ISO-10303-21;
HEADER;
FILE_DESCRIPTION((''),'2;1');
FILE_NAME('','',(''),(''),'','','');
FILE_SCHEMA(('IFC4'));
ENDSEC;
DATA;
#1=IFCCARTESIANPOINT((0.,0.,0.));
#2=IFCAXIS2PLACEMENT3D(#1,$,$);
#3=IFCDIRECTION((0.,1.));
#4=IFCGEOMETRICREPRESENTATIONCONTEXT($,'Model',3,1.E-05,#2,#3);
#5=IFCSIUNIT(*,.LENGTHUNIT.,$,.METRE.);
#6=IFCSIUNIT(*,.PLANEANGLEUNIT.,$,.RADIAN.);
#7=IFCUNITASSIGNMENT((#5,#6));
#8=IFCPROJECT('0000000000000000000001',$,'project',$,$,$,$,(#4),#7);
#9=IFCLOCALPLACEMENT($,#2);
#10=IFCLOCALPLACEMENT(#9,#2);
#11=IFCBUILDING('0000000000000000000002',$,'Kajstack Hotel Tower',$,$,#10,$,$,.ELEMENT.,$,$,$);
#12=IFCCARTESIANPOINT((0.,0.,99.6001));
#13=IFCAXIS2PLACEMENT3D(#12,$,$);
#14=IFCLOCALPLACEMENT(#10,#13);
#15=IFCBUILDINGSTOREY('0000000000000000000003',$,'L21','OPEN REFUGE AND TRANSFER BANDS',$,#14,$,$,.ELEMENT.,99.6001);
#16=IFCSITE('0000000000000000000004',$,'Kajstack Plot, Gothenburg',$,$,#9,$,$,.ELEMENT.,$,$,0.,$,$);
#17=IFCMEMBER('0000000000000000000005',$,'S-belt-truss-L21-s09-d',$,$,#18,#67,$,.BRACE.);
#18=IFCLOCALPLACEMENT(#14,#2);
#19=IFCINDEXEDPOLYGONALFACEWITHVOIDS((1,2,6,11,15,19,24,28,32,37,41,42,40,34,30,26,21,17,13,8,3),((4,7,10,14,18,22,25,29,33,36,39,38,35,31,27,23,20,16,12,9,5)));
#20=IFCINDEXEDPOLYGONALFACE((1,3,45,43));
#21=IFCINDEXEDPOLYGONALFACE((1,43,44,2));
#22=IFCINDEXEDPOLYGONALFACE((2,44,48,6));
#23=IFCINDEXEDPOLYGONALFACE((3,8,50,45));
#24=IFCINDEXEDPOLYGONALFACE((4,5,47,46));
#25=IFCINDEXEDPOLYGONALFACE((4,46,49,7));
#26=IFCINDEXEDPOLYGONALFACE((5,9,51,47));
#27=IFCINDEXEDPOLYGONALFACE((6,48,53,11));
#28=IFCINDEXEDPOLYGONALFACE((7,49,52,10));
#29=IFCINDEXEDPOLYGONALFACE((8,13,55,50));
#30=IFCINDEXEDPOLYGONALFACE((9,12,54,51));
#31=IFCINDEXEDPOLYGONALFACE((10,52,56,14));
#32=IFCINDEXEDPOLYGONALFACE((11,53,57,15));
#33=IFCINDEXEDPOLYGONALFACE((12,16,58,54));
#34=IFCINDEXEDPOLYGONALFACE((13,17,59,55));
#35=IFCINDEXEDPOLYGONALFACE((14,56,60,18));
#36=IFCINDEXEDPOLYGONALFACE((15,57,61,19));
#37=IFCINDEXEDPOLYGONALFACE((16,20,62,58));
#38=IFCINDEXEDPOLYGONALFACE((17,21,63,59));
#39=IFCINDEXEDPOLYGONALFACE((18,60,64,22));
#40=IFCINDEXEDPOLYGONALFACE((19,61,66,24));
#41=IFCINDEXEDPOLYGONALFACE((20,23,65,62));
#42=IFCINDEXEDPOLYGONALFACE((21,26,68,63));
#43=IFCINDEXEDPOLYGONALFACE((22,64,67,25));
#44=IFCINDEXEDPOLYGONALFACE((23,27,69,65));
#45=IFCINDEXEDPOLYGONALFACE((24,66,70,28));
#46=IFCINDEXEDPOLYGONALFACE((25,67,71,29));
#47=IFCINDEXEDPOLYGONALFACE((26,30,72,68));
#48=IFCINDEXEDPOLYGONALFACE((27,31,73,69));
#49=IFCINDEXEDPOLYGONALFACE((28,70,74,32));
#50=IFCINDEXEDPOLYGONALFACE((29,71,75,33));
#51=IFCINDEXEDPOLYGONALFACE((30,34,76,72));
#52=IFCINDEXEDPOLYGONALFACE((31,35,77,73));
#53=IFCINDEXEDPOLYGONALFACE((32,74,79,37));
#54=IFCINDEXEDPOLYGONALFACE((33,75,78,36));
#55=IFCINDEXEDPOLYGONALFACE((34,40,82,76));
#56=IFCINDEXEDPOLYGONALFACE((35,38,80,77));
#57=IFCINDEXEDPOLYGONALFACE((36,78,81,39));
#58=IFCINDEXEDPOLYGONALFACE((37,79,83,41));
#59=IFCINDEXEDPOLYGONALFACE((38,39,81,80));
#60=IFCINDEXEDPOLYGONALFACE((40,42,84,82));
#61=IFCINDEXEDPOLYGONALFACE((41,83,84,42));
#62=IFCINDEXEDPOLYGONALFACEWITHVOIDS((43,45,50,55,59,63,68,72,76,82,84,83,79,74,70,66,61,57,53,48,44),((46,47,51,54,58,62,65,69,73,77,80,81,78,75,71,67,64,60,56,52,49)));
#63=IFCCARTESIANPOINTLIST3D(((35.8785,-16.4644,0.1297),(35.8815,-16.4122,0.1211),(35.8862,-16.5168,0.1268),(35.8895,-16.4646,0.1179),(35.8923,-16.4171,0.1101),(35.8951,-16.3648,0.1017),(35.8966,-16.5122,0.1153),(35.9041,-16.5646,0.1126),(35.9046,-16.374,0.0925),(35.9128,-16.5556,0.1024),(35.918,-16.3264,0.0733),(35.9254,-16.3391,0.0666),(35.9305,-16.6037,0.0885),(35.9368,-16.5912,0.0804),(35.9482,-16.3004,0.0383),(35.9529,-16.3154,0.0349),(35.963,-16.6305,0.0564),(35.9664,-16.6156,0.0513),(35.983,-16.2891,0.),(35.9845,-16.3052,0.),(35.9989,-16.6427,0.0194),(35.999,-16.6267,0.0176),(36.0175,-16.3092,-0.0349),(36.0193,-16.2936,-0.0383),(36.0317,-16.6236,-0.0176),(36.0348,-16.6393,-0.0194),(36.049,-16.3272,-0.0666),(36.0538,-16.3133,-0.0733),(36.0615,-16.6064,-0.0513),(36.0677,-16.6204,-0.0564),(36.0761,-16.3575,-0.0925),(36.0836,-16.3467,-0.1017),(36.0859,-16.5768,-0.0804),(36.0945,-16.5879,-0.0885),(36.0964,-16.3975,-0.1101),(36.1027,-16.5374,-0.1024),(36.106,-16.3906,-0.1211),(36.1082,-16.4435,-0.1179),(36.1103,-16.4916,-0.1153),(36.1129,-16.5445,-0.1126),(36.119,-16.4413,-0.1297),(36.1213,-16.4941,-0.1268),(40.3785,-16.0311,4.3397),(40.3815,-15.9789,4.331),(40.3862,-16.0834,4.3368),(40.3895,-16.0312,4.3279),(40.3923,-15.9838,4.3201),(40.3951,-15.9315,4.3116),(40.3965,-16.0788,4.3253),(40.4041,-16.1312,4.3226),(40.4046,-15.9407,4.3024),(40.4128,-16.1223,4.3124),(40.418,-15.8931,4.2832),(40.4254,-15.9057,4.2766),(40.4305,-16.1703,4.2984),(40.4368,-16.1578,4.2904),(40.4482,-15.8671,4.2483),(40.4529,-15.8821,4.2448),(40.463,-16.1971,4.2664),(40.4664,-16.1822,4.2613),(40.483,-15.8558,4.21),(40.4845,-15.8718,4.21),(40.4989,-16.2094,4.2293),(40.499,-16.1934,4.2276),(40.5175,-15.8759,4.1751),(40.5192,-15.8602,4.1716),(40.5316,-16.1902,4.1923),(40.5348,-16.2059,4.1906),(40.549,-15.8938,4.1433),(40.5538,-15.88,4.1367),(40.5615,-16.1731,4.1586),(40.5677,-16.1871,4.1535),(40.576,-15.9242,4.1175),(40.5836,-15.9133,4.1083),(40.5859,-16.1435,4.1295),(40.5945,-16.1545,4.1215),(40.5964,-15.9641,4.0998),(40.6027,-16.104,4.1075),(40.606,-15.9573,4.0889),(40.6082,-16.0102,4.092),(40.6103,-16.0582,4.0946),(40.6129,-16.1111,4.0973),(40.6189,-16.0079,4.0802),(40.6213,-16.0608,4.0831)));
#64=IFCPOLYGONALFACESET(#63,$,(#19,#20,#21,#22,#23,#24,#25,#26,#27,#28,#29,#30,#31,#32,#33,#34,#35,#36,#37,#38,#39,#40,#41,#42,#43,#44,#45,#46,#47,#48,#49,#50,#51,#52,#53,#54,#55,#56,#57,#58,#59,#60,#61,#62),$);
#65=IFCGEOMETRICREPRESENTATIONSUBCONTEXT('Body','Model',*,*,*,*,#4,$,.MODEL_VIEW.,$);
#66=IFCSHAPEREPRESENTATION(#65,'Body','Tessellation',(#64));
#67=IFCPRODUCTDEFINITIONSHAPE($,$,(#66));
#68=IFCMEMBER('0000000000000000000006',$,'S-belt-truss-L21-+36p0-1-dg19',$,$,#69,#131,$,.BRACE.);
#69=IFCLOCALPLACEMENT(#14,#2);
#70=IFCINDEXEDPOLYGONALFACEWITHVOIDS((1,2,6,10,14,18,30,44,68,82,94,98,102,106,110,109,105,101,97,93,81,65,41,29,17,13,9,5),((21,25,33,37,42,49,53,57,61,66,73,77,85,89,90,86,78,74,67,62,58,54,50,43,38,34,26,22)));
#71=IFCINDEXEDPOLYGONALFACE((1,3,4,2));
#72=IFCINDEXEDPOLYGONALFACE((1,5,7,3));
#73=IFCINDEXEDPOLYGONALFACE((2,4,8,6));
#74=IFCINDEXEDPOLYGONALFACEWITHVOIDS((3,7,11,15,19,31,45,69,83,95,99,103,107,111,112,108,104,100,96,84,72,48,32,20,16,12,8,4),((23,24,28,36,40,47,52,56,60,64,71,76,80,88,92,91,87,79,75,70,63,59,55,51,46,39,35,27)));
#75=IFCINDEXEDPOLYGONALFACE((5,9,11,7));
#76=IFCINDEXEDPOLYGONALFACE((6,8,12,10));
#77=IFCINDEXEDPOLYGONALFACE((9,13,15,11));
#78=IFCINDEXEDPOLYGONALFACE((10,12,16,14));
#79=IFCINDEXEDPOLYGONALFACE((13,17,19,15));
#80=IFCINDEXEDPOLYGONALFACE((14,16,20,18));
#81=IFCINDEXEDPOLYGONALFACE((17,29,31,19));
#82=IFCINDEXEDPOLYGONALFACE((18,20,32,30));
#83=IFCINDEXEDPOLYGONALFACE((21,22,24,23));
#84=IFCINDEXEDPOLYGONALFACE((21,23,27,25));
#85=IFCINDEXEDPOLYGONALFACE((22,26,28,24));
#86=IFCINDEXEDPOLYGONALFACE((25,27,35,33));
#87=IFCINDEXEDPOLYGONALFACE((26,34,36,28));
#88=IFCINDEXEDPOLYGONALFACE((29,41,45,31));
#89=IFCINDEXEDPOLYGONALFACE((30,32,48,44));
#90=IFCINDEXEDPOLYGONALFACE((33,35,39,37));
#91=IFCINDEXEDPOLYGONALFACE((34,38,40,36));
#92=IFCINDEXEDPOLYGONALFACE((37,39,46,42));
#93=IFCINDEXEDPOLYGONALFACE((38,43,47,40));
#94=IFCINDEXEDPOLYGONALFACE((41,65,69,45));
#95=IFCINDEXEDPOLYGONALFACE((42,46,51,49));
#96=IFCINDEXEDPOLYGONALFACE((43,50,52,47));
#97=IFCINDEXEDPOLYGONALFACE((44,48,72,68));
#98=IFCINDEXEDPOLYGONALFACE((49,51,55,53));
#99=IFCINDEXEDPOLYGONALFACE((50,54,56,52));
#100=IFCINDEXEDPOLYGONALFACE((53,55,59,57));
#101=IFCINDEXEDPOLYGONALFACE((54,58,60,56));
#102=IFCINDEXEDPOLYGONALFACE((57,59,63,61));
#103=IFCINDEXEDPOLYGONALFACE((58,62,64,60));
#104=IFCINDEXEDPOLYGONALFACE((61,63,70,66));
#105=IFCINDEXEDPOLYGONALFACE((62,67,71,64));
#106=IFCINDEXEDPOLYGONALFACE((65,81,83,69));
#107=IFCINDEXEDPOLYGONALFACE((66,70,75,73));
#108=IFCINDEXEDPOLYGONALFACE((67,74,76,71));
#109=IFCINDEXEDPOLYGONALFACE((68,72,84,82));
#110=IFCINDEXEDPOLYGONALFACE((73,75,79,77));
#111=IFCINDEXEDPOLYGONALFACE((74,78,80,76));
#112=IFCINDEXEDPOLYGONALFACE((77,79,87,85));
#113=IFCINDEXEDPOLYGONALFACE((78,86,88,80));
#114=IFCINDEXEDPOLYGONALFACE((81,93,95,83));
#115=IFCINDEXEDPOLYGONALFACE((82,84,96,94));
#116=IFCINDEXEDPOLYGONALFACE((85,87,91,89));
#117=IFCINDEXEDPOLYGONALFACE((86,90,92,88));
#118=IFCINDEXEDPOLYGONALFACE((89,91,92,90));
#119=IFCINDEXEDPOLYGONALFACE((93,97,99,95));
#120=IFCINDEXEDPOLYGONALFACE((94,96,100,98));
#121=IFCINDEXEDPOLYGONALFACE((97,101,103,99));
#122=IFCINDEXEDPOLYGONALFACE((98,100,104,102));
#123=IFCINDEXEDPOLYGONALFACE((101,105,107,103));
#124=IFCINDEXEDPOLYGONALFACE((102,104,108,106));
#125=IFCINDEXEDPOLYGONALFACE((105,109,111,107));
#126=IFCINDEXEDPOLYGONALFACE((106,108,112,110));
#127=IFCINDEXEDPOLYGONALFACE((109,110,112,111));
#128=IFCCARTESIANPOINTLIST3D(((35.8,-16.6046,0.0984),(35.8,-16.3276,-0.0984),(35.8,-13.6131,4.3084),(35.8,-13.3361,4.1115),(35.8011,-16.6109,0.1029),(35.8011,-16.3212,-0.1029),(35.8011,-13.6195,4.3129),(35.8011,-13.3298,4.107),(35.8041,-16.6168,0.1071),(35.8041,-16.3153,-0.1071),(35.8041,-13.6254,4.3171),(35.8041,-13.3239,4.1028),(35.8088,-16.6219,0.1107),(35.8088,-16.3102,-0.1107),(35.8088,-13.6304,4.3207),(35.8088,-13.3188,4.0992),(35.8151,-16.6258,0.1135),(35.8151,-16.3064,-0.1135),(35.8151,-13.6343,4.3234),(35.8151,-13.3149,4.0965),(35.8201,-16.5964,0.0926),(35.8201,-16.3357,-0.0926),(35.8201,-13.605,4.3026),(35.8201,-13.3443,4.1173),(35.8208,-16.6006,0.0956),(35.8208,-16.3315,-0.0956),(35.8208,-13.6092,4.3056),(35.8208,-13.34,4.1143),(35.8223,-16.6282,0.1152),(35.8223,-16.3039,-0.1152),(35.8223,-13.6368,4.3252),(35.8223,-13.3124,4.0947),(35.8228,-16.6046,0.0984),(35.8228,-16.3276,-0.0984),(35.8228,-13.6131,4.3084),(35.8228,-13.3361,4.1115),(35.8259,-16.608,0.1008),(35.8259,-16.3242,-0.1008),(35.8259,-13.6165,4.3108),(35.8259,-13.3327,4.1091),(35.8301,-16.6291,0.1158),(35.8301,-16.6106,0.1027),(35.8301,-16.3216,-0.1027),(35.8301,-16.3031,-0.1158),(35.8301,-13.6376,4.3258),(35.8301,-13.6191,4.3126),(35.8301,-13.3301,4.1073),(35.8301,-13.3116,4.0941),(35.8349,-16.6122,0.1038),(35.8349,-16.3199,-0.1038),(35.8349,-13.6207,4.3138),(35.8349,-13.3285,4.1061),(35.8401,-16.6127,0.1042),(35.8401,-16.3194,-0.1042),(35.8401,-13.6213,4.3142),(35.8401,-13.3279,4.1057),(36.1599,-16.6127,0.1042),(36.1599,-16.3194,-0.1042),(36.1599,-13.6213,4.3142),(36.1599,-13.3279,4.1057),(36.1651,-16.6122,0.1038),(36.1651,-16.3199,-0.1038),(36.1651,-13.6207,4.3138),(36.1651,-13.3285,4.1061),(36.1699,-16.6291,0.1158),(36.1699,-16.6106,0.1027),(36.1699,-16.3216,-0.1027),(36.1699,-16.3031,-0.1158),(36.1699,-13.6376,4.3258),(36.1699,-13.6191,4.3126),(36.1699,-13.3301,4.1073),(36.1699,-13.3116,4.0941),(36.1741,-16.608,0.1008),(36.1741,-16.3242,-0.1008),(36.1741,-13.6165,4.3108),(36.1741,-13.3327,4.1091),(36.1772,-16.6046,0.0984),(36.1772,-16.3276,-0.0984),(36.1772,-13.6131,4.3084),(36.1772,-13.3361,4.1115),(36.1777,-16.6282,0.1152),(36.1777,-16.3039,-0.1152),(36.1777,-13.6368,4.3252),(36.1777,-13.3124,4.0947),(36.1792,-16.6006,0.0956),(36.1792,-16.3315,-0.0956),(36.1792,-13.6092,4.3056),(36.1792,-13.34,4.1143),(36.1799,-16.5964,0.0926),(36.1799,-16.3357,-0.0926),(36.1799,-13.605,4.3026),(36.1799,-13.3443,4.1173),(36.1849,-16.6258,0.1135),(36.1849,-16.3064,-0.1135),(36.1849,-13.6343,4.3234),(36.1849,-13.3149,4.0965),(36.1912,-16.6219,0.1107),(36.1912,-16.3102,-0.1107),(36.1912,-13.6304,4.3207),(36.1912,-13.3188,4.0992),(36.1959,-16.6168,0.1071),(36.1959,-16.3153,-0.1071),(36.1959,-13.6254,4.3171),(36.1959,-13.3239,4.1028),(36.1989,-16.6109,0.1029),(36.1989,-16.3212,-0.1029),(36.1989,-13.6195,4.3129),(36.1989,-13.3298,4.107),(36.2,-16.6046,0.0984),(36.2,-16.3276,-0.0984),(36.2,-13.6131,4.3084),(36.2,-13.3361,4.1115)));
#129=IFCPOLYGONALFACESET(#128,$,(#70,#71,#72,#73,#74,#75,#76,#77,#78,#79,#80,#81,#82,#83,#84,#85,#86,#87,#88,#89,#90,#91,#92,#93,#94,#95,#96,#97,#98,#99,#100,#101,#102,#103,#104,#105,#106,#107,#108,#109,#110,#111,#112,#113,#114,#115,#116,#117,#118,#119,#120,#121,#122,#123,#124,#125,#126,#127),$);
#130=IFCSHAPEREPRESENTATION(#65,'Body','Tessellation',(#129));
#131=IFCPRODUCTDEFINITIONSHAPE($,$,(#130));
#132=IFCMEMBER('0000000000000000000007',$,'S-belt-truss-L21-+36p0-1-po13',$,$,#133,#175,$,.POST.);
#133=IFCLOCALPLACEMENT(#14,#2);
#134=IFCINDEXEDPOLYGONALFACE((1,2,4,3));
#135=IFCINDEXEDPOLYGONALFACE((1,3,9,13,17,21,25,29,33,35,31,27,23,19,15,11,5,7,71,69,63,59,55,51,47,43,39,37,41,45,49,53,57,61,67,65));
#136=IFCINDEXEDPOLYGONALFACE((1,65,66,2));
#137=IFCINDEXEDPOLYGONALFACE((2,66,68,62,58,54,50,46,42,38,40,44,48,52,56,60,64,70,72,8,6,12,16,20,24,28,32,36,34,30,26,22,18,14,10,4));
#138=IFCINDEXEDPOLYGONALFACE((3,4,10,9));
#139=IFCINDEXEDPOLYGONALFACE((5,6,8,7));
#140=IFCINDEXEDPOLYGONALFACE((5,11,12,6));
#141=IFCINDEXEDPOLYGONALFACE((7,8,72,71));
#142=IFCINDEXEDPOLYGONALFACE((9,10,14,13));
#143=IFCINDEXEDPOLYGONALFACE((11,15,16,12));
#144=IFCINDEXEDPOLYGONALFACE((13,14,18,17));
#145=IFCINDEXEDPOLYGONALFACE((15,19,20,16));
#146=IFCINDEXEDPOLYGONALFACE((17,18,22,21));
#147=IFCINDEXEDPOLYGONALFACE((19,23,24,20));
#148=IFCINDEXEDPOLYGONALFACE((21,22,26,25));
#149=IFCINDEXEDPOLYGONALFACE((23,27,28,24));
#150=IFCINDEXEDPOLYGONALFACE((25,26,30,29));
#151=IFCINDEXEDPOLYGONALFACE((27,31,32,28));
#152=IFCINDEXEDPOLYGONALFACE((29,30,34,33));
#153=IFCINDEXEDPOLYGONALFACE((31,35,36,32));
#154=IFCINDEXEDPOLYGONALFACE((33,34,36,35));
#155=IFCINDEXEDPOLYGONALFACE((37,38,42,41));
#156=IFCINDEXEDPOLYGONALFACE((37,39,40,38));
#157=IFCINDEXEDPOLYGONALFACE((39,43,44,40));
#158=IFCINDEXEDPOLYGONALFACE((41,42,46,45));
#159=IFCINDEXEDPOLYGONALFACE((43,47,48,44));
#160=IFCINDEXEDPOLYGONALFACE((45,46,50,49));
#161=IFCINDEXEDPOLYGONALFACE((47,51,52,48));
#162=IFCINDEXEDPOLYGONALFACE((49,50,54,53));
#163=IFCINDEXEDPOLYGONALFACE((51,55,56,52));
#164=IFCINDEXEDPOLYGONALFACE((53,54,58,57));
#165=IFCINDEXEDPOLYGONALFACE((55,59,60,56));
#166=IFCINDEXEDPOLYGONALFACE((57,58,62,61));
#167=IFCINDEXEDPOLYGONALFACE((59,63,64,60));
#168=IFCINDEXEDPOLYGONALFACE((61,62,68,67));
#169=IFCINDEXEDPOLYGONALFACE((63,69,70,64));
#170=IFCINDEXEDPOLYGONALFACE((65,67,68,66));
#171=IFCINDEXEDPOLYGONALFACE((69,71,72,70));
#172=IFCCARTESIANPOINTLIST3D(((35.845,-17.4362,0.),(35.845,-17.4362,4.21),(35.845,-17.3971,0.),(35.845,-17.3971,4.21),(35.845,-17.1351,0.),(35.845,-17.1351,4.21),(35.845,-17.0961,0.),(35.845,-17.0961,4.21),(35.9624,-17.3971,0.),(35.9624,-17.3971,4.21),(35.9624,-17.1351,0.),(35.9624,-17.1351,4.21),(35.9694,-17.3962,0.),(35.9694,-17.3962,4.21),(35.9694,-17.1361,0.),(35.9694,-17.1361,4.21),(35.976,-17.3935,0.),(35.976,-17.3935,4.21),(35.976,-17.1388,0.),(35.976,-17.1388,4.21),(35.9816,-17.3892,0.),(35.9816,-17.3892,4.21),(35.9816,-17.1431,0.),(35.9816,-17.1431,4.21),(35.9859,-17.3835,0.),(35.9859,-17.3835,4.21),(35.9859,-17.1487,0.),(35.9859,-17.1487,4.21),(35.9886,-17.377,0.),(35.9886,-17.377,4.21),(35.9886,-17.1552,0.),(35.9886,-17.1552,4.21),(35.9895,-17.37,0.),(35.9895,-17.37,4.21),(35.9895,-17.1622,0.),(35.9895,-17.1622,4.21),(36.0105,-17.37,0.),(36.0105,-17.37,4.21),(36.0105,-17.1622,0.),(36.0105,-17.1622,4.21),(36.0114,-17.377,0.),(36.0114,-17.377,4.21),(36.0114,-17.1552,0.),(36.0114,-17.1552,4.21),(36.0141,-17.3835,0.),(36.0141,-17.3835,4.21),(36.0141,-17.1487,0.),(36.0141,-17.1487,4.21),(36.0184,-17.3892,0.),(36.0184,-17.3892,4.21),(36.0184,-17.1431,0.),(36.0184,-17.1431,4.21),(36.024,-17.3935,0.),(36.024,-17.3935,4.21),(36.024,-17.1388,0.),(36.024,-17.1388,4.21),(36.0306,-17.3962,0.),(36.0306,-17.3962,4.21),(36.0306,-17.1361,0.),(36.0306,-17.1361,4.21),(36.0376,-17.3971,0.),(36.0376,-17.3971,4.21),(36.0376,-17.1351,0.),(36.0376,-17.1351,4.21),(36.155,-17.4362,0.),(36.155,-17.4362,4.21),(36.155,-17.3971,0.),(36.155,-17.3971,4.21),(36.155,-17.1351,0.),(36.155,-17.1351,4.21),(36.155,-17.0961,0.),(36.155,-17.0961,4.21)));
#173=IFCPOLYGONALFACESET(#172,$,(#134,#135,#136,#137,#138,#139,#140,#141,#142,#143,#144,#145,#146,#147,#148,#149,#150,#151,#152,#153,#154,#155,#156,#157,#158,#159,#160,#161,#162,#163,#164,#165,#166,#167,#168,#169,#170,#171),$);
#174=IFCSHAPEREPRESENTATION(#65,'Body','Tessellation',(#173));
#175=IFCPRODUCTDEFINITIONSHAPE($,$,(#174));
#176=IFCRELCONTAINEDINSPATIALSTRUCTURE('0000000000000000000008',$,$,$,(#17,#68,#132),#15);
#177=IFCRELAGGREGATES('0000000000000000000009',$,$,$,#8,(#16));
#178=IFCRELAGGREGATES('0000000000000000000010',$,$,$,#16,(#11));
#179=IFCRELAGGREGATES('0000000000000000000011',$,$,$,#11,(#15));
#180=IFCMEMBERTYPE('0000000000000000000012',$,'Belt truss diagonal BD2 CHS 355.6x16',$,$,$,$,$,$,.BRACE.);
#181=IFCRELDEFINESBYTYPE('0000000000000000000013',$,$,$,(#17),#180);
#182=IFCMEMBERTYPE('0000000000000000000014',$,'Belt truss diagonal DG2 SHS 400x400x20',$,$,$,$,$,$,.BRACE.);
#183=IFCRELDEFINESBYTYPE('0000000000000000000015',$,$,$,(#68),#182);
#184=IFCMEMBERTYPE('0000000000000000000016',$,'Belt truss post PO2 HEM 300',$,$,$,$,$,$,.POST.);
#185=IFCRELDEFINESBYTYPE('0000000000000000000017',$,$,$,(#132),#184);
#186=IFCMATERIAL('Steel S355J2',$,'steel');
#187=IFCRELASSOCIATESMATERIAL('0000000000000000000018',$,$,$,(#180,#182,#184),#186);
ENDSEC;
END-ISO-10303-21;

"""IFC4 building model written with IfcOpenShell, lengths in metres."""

from ifc_helpers import new_model, si_unit, direction, frame, origin, origin_2d, place, context, subcontext, project, spatial, hollow_rectangle, hollow_circle, i_section, extrude, material, material_profile, profile_set, type_object, element, save


model = new_model("IFC4")

# Units and contexts
model_context = context("Model", 3, precision=1e-05, world=origin(), true_north=direction((0.0, 1.0)))
body_context = subcontext(model_context, "Body", "Model", "MODEL_VIEW")
ifc_project = project(units=[si_unit("LENGTHUNIT", "METRE"), si_unit("PLANEANGLEUNIT", "RADIAN")], contexts=[model_context])

# Site, building, storey
site_placement = place(None, origin())
site = spatial("IfcSite", under=ifc_project, at=site_placement, Name="Kajstack Plot, Gothenburg", CompositionType="ELEMENT", RefElevation=0.0)
building_placement = place(site_placement, origin())
building = spatial("IfcBuilding", under=site, at=building_placement, Name="Kajstack Hotel Tower", CompositionType="ELEMENT")
storey_placement = place(building_placement, frame((0.0, 0.0, 99.6001)))
storey = spatial("IfcBuildingStorey", under=building, at=storey_placement, Name="L21", Description="OPEN REFUGE AND TRANSFER BANDS", CompositionType="ELEMENT", Elevation=99.6001)

# Members
ifc_material_1 = material(Name="Steel S355J2", Category="steel")
ifc_material_profile_1 = material_profile(ifc_material_1, hollow_circle(Radius=0.1777, WallThickness=0.0161, at=origin_2d()), Name="CHS 355.6x16")
ifc_profile_set_1 = profile_set([ifc_material_profile_1], Name="Steel S355J2")
member_type_1 = type_object("IfcMemberType", Name="Belt truss diagonal BD2 CHS 355.6x16", PredefinedType="BRACE", material=ifc_profile_set_1)
member_1_placement = place(storey_placement, frame((36.0, -16.4661, 0.0), z_axis=(0.728449, 0.07015, 0.681499), x_axis=(-0.095856, 0.995395, 0.0)))
element("IfcMember", 1, at=member_1_placement, inside=storey, type_object=member_type_1, Name="S-belt-truss-L21-s09-d", PredefinedType="BRACE", context=body_context, shape_type="SweptSolid", body=[
    extrude(hollow_circle(Radius=0.1777, WallThickness=0.0161, at=origin_2d()), origin(), (0.0, 0.0, 1.0), 6.1775),
])
ifc_material_profile_2 = material_profile(ifc_material_1, hollow_rectangle(XDim=0.3999, YDim=0.3999, WallThickness=0.02, InnerFilletRadius=0.02, OuterFilletRadius=0.03, at=origin_2d()), Name="SHS 400x400x20")
ifc_profile_set_2 = profile_set([ifc_material_profile_2], Name="Steel S355J2")
member_type_2 = type_object("IfcMemberType", Name="Belt truss diagonal DG2 SHS 400x400x20", PredefinedType="BRACE", material=ifc_profile_set_2)
member_2_placement = place(storey_placement, frame((36.0, -16.4661, 0.0), z_axis=(0.0, 0.579229, 0.815165), x_axis=(-1.0, 0.0, 0.0)))
element("IfcMember", 2, at=member_2_placement, inside=storey, type_object=member_type_2, Name="S-belt-truss-L21-+36p0-1-dg19", PredefinedType="BRACE", context=body_context, shape_type="SweptSolid", body=[
    extrude(hollow_rectangle(XDim=0.3999, YDim=0.3999, WallThickness=0.02, InnerFilletRadius=0.02, OuterFilletRadius=0.03, at=origin_2d()), origin(), (0.0, 0.0, 1.0), 5.1646),
])
ifc_material_profile_3 = material_profile(ifc_material_1, i_section(OverallWidth=0.3101, OverallDepth=0.3401, WebThickness=0.021, FlangeThickness=0.0391, FilletRadius=0.0271, at=origin_2d()), Name="HEM 300")
ifc_profile_set_3 = profile_set([ifc_material_profile_3], Name="Steel S355J2")
member_type_3 = type_object("IfcMemberType", Name="Belt truss post PO2 HEM 300", PredefinedType="POST", material=ifc_profile_set_3)
for number, where, z_axis, x_axis, name in (
    (3, (36.0, -17.2661, 0.0), (0.0, 0.0, 1.0), (1.0, 0.0, 0.0), "S-belt-truss-L21-+36p0-1-po13"),
):
    element("IfcMember", number, at=place(storey_placement, frame(where, z_axis=z_axis, x_axis=x_axis)), inside=storey, type_object=member_type_3, Name=name, PredefinedType="POST", context=body_context, shape_type="SweptSolid", body=[
        extrude(i_section(OverallWidth=0.3101, OverallDepth=0.3401, WebThickness=0.021, FlangeThickness=0.0391, FilletRadius=0.0271, at=origin_2d()), origin(), (0.0, 0.0, 1.0), 4.21),
    ])

save(model, "model.ifc")
